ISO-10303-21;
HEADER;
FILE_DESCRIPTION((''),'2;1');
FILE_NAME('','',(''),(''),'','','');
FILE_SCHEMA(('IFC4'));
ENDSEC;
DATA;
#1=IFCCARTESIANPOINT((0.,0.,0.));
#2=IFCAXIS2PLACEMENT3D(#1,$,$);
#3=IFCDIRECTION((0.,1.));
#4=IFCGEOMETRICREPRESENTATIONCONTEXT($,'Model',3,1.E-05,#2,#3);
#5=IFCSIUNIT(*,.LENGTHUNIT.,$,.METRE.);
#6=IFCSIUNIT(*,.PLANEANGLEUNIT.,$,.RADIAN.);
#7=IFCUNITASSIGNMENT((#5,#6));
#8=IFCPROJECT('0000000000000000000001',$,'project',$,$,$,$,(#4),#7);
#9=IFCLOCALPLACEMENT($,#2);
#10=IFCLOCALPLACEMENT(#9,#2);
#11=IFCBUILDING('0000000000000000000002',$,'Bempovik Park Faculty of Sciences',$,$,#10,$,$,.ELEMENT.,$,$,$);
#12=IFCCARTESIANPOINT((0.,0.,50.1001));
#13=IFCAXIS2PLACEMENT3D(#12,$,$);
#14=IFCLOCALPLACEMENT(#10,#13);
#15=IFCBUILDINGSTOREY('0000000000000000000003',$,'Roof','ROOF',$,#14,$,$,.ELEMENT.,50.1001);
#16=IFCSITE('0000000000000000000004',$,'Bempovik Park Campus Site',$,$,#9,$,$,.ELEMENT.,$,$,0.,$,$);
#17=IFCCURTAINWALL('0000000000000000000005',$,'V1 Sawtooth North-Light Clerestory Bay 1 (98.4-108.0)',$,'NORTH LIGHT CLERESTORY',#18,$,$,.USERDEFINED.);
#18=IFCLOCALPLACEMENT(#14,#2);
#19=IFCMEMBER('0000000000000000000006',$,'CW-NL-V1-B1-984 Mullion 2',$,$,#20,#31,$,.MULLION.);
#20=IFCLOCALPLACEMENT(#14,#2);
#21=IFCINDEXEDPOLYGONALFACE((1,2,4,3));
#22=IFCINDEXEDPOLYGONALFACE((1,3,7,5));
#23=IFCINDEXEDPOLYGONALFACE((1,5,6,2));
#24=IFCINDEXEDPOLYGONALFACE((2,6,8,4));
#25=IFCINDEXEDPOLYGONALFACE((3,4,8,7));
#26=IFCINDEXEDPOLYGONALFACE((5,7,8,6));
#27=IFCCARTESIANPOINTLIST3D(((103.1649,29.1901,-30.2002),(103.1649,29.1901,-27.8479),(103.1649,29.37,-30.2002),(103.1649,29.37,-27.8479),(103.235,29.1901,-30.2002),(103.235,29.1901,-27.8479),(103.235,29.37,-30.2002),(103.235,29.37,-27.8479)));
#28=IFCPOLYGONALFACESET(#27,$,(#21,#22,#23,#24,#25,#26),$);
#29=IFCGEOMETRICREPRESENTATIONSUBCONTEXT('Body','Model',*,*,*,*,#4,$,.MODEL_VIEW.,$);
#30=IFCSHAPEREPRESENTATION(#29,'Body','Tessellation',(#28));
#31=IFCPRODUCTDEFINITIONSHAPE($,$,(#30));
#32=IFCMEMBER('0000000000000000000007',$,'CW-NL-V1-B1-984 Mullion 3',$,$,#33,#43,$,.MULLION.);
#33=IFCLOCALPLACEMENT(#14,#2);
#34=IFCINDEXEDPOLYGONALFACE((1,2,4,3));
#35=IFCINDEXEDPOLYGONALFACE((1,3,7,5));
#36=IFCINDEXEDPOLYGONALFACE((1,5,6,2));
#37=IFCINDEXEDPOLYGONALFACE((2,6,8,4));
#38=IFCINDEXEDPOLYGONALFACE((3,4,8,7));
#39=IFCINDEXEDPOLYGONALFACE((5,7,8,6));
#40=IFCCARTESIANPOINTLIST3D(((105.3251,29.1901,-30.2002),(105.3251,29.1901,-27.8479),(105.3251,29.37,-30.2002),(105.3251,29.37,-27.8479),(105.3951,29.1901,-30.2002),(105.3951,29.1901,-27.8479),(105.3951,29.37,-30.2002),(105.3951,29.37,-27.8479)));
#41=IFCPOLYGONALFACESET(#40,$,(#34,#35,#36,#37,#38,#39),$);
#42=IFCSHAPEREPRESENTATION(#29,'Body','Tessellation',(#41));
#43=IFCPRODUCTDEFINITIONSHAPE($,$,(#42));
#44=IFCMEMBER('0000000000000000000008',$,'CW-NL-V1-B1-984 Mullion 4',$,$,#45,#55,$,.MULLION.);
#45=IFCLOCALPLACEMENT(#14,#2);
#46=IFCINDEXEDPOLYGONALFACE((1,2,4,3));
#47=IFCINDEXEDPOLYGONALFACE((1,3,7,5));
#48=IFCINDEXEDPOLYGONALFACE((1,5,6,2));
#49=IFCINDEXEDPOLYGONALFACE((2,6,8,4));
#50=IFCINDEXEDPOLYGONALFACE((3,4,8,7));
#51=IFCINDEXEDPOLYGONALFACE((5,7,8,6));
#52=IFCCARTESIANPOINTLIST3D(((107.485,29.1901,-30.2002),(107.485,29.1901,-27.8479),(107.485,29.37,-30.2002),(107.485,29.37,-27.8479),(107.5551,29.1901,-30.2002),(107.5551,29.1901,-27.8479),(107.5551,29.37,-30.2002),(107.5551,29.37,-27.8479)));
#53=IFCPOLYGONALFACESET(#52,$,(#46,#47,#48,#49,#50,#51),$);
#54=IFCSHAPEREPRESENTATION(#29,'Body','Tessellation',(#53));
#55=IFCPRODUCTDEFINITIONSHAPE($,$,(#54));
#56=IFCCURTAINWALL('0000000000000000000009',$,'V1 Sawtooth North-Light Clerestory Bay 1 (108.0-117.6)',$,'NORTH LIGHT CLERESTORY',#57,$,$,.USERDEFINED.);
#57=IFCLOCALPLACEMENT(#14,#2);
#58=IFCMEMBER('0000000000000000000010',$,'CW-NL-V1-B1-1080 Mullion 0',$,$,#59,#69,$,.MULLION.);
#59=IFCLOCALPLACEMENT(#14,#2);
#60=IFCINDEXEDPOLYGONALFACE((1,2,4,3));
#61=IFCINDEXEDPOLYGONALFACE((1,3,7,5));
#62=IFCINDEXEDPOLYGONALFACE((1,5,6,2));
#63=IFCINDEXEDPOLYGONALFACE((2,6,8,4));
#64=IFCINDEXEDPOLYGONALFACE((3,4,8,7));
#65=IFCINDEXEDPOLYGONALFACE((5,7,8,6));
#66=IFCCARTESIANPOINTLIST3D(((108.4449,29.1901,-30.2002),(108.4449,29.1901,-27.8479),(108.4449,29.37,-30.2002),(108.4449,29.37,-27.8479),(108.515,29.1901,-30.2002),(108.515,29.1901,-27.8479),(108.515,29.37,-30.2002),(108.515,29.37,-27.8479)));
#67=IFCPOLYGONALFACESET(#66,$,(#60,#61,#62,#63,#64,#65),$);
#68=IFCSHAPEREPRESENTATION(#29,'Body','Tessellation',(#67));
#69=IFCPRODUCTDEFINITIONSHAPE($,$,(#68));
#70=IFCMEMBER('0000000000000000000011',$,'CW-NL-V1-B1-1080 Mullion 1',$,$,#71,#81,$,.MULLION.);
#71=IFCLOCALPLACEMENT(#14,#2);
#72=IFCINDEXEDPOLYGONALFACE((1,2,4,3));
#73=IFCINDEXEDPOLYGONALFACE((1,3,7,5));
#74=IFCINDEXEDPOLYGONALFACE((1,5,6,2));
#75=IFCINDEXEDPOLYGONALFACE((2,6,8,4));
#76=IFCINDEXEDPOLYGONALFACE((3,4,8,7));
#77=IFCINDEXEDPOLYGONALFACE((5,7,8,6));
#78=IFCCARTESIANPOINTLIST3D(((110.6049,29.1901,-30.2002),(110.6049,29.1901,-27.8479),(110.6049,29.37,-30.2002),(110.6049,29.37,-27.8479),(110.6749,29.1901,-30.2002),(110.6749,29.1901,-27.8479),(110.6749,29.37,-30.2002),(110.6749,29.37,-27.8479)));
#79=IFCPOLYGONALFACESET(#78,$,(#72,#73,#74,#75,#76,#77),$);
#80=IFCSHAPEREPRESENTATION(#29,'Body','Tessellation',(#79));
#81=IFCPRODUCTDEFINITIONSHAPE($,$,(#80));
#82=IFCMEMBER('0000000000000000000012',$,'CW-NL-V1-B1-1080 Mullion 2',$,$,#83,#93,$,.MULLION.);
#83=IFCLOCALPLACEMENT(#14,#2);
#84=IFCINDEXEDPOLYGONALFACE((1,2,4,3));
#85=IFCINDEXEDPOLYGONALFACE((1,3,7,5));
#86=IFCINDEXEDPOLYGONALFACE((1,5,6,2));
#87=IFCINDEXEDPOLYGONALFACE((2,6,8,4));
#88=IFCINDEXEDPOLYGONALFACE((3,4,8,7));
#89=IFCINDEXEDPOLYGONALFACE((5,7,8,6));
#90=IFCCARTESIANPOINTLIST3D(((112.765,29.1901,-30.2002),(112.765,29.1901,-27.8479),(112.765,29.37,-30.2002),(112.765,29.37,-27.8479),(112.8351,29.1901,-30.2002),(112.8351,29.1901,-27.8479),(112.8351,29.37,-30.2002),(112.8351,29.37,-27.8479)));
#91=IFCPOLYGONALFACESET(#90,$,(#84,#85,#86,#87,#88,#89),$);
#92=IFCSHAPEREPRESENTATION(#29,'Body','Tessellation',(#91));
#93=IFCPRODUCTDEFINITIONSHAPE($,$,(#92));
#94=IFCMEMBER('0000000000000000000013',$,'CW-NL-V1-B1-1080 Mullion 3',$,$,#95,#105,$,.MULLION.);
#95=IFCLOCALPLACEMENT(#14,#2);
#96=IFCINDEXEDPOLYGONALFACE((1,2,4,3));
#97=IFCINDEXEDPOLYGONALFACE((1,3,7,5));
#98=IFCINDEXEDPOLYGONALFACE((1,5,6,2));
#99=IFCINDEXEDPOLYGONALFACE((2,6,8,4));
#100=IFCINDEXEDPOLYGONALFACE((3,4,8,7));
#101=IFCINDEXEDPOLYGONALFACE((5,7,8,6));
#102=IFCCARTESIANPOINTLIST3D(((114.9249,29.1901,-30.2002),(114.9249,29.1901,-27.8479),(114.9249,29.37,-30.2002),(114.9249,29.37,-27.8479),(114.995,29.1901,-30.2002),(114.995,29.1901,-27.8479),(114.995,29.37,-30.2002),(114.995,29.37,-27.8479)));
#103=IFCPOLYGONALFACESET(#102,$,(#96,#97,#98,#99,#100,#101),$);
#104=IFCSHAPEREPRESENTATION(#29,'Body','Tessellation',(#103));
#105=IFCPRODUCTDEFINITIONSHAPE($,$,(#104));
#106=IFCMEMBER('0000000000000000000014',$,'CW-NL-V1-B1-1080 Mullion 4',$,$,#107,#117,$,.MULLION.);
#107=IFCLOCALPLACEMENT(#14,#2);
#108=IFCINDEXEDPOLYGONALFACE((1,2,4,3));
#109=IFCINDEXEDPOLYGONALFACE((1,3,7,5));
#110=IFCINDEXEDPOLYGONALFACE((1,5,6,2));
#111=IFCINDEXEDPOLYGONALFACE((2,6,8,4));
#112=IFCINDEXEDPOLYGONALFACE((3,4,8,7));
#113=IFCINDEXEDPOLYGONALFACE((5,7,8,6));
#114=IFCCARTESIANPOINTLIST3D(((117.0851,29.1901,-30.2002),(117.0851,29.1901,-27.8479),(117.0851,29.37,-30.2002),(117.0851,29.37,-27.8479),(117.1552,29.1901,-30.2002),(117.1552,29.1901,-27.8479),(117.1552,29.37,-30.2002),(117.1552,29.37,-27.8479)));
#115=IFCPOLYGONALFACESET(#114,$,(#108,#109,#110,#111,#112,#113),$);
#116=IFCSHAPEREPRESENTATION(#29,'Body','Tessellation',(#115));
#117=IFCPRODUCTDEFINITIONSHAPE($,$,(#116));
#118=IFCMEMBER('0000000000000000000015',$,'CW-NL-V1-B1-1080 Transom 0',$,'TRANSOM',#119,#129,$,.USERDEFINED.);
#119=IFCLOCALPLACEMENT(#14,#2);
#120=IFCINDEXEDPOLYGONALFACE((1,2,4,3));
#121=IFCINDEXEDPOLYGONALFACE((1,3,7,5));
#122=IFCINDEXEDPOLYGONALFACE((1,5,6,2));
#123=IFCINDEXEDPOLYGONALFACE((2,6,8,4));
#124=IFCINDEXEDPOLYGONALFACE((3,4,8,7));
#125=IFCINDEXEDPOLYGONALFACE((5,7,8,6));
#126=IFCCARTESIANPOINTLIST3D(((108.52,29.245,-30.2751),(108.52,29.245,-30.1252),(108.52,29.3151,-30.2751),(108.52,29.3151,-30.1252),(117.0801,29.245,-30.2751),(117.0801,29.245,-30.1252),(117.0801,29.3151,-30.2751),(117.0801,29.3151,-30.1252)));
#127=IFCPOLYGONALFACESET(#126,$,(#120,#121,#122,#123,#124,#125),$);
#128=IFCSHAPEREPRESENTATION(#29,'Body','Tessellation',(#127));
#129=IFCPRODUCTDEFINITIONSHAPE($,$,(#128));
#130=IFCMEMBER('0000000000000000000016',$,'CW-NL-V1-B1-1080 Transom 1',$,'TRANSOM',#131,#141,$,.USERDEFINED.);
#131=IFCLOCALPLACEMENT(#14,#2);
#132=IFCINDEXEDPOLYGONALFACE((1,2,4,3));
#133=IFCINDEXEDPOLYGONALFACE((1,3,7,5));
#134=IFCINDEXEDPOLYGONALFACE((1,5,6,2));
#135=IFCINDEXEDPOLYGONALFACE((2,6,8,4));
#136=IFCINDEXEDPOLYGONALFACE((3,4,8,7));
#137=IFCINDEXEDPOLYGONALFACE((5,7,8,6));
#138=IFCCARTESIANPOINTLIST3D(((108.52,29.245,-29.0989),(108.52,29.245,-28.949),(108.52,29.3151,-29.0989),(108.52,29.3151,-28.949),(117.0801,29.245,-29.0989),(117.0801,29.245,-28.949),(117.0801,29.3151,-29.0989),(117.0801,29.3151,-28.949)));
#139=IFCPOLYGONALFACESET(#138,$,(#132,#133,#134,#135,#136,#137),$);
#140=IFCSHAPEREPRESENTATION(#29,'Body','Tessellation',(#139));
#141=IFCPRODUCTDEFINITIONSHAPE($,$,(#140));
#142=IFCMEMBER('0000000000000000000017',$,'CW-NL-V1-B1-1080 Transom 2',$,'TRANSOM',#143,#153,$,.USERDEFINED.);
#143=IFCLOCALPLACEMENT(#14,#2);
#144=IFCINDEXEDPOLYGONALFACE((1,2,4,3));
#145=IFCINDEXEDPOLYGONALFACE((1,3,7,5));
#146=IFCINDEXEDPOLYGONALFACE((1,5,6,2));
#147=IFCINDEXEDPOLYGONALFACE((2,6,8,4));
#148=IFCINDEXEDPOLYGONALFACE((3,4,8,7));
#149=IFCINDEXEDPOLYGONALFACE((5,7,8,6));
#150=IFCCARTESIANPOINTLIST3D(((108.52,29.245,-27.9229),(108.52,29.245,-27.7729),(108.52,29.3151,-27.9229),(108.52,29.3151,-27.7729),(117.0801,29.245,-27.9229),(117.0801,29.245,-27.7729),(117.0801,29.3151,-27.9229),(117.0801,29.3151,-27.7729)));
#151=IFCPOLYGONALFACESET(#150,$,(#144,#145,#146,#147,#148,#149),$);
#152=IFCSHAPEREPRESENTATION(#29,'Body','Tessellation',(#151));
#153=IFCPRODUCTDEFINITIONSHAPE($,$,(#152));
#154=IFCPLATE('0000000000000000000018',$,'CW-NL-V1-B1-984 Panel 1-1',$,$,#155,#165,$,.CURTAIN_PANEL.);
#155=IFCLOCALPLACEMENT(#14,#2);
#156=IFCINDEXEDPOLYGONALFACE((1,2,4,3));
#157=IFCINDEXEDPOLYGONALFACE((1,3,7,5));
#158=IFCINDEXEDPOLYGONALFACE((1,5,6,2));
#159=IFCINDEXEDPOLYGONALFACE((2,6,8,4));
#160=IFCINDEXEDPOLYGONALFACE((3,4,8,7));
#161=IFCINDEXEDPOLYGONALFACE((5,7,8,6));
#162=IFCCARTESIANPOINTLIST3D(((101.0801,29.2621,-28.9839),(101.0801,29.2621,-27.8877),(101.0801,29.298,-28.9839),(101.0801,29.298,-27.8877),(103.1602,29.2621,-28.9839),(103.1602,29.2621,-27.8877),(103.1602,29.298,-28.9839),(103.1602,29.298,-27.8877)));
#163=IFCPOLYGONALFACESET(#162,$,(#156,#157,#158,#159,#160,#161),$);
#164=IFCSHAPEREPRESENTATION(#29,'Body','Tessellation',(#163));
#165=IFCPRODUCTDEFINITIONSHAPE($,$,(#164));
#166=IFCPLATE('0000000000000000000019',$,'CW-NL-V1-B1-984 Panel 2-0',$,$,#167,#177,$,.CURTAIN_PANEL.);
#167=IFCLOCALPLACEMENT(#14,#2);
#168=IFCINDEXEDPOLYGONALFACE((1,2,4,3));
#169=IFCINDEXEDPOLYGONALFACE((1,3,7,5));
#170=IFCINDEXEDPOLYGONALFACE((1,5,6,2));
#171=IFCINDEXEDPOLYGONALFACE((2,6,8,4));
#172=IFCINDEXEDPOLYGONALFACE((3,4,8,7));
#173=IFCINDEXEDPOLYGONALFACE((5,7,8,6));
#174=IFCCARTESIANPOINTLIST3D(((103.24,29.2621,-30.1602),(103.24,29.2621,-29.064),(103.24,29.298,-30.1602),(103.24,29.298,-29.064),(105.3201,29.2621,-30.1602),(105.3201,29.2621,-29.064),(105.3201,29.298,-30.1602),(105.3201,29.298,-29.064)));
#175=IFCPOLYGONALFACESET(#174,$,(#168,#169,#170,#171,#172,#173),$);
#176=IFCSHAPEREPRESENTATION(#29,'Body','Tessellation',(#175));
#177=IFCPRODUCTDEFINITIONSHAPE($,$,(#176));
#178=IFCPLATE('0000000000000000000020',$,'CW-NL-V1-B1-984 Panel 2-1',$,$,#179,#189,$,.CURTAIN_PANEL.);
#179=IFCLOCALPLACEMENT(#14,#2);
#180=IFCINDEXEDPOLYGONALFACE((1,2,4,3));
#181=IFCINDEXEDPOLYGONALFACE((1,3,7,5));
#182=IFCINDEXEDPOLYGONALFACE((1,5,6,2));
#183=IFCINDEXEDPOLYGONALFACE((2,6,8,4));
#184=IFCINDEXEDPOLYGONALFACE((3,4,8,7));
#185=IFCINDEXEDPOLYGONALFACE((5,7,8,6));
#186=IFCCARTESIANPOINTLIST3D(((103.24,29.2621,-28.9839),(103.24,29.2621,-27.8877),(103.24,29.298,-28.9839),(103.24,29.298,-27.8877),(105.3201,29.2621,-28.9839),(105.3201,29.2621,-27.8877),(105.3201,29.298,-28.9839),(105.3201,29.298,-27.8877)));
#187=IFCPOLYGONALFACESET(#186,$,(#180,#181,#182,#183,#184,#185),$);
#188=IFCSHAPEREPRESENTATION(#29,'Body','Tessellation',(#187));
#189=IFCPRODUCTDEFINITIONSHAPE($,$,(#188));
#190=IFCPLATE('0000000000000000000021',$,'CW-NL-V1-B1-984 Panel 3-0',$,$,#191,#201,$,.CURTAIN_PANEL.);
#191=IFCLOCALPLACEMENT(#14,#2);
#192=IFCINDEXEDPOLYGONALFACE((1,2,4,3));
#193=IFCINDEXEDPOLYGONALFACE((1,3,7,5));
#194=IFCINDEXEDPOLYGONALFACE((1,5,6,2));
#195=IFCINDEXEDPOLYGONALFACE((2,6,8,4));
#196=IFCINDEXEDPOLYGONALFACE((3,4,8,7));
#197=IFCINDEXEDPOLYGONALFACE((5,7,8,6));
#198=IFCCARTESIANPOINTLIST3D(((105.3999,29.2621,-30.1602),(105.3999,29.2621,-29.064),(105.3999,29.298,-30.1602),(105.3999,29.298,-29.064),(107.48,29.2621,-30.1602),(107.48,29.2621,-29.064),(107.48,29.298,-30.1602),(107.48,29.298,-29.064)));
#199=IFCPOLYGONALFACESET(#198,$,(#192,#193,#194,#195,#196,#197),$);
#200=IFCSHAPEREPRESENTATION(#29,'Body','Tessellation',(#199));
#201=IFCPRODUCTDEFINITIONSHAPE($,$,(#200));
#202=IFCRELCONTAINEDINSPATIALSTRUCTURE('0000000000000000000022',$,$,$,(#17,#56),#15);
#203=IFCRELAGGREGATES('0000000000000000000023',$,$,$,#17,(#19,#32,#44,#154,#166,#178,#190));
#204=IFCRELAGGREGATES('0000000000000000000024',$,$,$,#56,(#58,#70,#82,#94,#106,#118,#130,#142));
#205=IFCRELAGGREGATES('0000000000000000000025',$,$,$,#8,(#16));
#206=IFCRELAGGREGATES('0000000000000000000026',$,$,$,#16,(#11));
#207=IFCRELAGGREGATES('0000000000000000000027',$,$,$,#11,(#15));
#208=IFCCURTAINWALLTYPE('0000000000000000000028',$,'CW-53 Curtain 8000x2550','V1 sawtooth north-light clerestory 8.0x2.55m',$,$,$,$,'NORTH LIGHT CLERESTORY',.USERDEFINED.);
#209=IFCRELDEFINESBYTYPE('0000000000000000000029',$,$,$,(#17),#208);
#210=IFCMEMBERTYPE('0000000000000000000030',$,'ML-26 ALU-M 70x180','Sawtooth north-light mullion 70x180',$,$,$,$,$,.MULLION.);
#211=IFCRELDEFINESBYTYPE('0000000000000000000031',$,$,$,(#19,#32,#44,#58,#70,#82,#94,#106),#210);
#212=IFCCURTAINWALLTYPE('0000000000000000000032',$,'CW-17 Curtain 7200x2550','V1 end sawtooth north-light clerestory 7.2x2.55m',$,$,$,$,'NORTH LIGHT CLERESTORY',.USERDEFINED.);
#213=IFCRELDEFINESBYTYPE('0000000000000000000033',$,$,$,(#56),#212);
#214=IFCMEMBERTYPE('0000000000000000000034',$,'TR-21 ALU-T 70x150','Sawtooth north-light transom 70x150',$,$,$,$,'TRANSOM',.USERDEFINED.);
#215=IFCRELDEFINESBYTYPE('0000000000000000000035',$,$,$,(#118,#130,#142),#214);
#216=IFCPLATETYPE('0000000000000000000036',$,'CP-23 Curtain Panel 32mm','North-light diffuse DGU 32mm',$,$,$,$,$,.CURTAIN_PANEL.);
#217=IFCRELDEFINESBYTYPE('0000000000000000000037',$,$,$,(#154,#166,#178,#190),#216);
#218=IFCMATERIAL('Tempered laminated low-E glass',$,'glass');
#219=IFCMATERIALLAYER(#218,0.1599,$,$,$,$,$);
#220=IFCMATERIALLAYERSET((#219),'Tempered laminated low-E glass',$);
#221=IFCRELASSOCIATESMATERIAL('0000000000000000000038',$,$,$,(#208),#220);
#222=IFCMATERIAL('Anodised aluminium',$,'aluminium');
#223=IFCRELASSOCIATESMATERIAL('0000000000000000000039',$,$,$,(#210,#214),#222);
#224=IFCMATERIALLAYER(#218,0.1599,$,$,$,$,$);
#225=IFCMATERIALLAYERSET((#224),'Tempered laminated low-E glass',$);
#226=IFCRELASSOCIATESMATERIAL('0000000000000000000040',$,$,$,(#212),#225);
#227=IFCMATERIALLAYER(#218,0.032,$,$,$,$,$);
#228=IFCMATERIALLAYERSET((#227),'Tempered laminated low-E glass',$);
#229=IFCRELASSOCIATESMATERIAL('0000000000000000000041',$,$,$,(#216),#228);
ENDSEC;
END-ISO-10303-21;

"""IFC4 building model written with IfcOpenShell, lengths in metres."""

from ifc_helpers import new_model, si_unit, direction, frame, origin, origin_2d, place, context, subcontext, project, spatial, rectangle, extrude, material, layer, layer_set, material_profile, profile_set, type_object, element, aggregate, save


model = new_model("IFC4")

# Units and contexts
model_context = context("Model", 3, precision=1e-05, world=origin(), true_north=direction((0.0, 1.0)))
body_context = subcontext(model_context, "Body", "Model", "MODEL_VIEW")
ifc_project = project(units=[si_unit("LENGTHUNIT", "METRE"), si_unit("PLANEANGLEUNIT", "RADIAN")], contexts=[model_context])

# Site, building, storey
site_placement = place(None, origin())
site = spatial("IfcSite", under=ifc_project, at=site_placement, Name="Bempovik Park Campus Site", CompositionType="ELEMENT", RefElevation=0.0)
building_placement = place(site_placement, origin())
building = spatial("IfcBuilding", under=site, at=building_placement, Name="Bempovik Park Faculty of Sciences", CompositionType="ELEMENT")
storey_placement = place(building_placement, frame((0.0, 0.0, 50.1001)))
storey = spatial("IfcBuildingStorey", under=building, at=storey_placement, Name="Roof", Description="ROOF", CompositionType="ELEMENT", Elevation=50.1001)

# Curtain walls, members
ifc_material_1 = material(Name="Tempered laminated low-E glass", Category="glass")
ifc_layer_1 = layer(ifc_material_1, 0.1599)
ifc_layer_set_1 = layer_set([ifc_layer_1], Name="Tempered laminated low-E glass")
curtain_wall_type_1 = type_object("IfcCurtainWallType", Name="CW-53 Curtain 8000x2550", Description="V1 sawtooth north-light clerestory 8.0x2.55m", ElementType="NORTH LIGHT CLERESTORY", PredefinedType="USERDEFINED", material=ifc_layer_set_1)
curtain_wall_1_placement = place(storey_placement, origin())
curtain_wall_1 = element("IfcCurtainWall", 1, at=curtain_wall_1_placement, inside=storey, type_object=curtain_wall_type_1, Name="V1 Sawtooth North-Light Clerestory Bay 1 (98.4-108.0)", ObjectType="NORTH LIGHT CLERESTORY", PredefinedType="USERDEFINED")
ifc_material_2 = material(Name="Anodised aluminium", Category="aluminium")
ifc_material_profile_1 = material_profile(ifc_material_2, rectangle(XDim=0.0701, YDim=0.1799, at=origin_2d()), Name="ALU-M 70x180")
ifc_profile_set_1 = profile_set([ifc_material_profile_1], Name="Anodised aluminium")
member_type_1 = type_object("IfcMemberType", Name="ML-26 ALU-M 70x180", Description="Sawtooth north-light mullion 70x180", PredefinedType="MULLION", material=ifc_profile_set_1)
member_1_placement = place(storey_placement, frame((103.2, 29.28, -30.2002), z_axis=(0.0, 0.0, 1.0), x_axis=(1.0, 0.0, 0.0)))
member_1 = element("IfcMember", 2, at=member_1_placement, type_object=member_type_1, Name="CW-NL-V1-B1-984 Mullion 2", PredefinedType="MULLION", context=body_context, shape_type="SweptSolid", body=[
    extrude(rectangle(XDim=0.0701, YDim=0.1799, at=origin_2d()), origin(), (0.0, 0.0, 1.0), 2.3523),
])
member_2_placement = place(storey_placement, frame((105.3601, 29.28, -30.2002), z_axis=(0.0, 0.0, 1.0), x_axis=(1.0, 0.0, 0.0)))
member_2 = element("IfcMember", 3, at=member_2_placement, type_object=member_type_1, Name="CW-NL-V1-B1-984 Mullion 3", PredefinedType="MULLION", context=body_context, shape_type="SweptSolid", body=[
    extrude(rectangle(XDim=0.0701, YDim=0.1799, at=origin_2d()), origin(), (0.0, 0.0, 1.0), 2.3523),
])
member_3_placement = place(storey_placement, frame((107.52, 29.28, -30.2002), z_axis=(0.0, 0.0, 1.0), x_axis=(1.0, 0.0, 0.0)))
member_3 = element("IfcMember", 4, at=member_3_placement, type_object=member_type_1, Name="CW-NL-V1-B1-984 Mullion 4", PredefinedType="MULLION", context=body_context, shape_type="SweptSolid", body=[
    extrude(rectangle(XDim=0.0701, YDim=0.1799, at=origin_2d()), origin(), (0.0, 0.0, 1.0), 2.3523),
])
ifc_layer_2 = layer(ifc_material_1, 0.1599)
ifc_layer_set_2 = layer_set([ifc_layer_2], Name="Tempered laminated low-E glass")
curtain_wall_type_2 = type_object("IfcCurtainWallType", Name="CW-17 Curtain 7200x2550", Description="V1 end sawtooth north-light clerestory 7.2x2.55m", ElementType="NORTH LIGHT CLERESTORY", PredefinedType="USERDEFINED", material=ifc_layer_set_2)
curtain_wall_2_placement = place(storey_placement, origin())
curtain_wall_2 = element("IfcCurtainWall", 5, at=curtain_wall_2_placement, inside=storey, type_object=curtain_wall_type_2, Name="V1 Sawtooth North-Light Clerestory Bay 1 (108.0-117.6)", ObjectType="NORTH LIGHT CLERESTORY", PredefinedType="USERDEFINED")
member_4_placement = place(storey_placement, frame((108.48, 29.28, -30.2002), z_axis=(0.0, 0.0, 1.0), x_axis=(1.0, 0.0, 0.0)))
member_4 = element("IfcMember", 6, at=member_4_placement, type_object=member_type_1, Name="CW-NL-V1-B1-1080 Mullion 0", PredefinedType="MULLION", context=body_context, shape_type="SweptSolid", body=[
    extrude(rectangle(XDim=0.0701, YDim=0.1799, at=origin_2d()), origin(), (0.0, 0.0, 1.0), 2.3523),
])
member_5_placement = place(storey_placement, frame((110.6399, 29.28, -30.2002), z_axis=(0.0, 0.0, 1.0), x_axis=(1.0, 0.0, 0.0)))
member_5 = element("IfcMember", 7, at=member_5_placement, type_object=member_type_1, Name="CW-NL-V1-B1-1080 Mullion 1", PredefinedType="MULLION", context=body_context, shape_type="SweptSolid", body=[
    extrude(rectangle(XDim=0.0701, YDim=0.1799, at=origin_2d()), origin(), (0.0, 0.0, 1.0), 2.3523),
])
member_6_placement = place(storey_placement, frame((112.8, 29.28, -30.2002), z_axis=(0.0, 0.0, 1.0), x_axis=(1.0, 0.0, 0.0)))
member_6 = element("IfcMember", 8, at=member_6_placement, type_object=member_type_1, Name="CW-NL-V1-B1-1080 Mullion 2", PredefinedType="MULLION", context=body_context, shape_type="SweptSolid", body=[
    extrude(rectangle(XDim=0.0701, YDim=0.1799, at=origin_2d()), origin(), (0.0, 0.0, 1.0), 2.3523),
])
member_7_placement = place(storey_placement, frame((114.96, 29.28, -30.2002), z_axis=(0.0, 0.0, 1.0), x_axis=(1.0, 0.0, 0.0)))
member_7 = element("IfcMember", 9, at=member_7_placement, type_object=member_type_1, Name="CW-NL-V1-B1-1080 Mullion 3", PredefinedType="MULLION", context=body_context, shape_type="SweptSolid", body=[
    extrude(rectangle(XDim=0.0701, YDim=0.1799, at=origin_2d()), origin(), (0.0, 0.0, 1.0), 2.3523),
])
member_8_placement = place(storey_placement, frame((117.1201, 29.28, -30.2002), z_axis=(0.0, 0.0, 1.0), x_axis=(1.0, 0.0, 0.0)))
member_8 = element("IfcMember", 10, at=member_8_placement, type_object=member_type_1, Name="CW-NL-V1-B1-1080 Mullion 4", PredefinedType="MULLION", context=body_context, shape_type="SweptSolid", body=[
    extrude(rectangle(XDim=0.0701, YDim=0.1799, at=origin_2d()), origin(), (0.0, 0.0, 1.0), 2.3523),
])
ifc_material_profile_2 = material_profile(ifc_material_2, rectangle(XDim=0.0701, YDim=0.1499, at=origin_2d()), Name="ALU-T 70x150")
ifc_profile_set_2 = profile_set([ifc_material_profile_2], Name="Anodised aluminium")
member_type_2 = type_object("IfcMemberType", Name="TR-21 ALU-T 70x150", Description="Sawtooth north-light transom 70x150", ElementType="TRANSOM", PredefinedType="USERDEFINED", material=ifc_profile_set_2)
member_9_placement = place(storey_placement, frame((108.52, 29.28, -30.2002), z_axis=(1.0, 0.0, 0.0), x_axis=(0.0, 1.0, 0.0)))
member_9 = element("IfcMember", 11, at=member_9_placement, type_object=member_type_2, Name="CW-NL-V1-B1-1080 Transom 0", ObjectType="TRANSOM", PredefinedType="USERDEFINED", context=body_context, shape_type="SweptSolid", body=[
    extrude(rectangle(XDim=0.0701, YDim=0.1499, at=origin_2d()), origin(), (0.0, 0.0, 1.0), 8.5601),
])
member_10_placement = place(storey_placement, frame((108.52, 29.28, -29.0239), z_axis=(1.0, 0.0, 0.0), x_axis=(0.0, 1.0, 0.0)))
member_10 = element("IfcMember", 12, at=member_10_placement, type_object=member_type_2, Name="CW-NL-V1-B1-1080 Transom 1", ObjectType="TRANSOM", PredefinedType="USERDEFINED", context=body_context, shape_type="SweptSolid", body=[
    extrude(rectangle(XDim=0.0701, YDim=0.1499, at=origin_2d()), origin(), (0.0, 0.0, 1.0), 8.5601),
])
member_11_placement = place(storey_placement, frame((108.52, 29.28, -27.8479), z_axis=(1.0, 0.0, 0.0), x_axis=(0.0, 1.0, 0.0)))
member_11 = element("IfcMember", 13, at=member_11_placement, type_object=member_type_2, Name="CW-NL-V1-B1-1080 Transom 2", ObjectType="TRANSOM", PredefinedType="USERDEFINED", context=body_context, shape_type="SweptSolid", body=[
    extrude(rectangle(XDim=0.0701, YDim=0.1499, at=origin_2d()), origin(), (0.0, 0.0, 1.0), 8.5601),
])

# Plates
ifc_layer_3 = layer(ifc_material_1, 0.032)
ifc_layer_set_3 = layer_set([ifc_layer_3], Name="Tempered laminated low-E glass")
plate_type = type_object("IfcPlateType", Name="CP-23 Curtain Panel 32mm", Description="North-light diffuse DGU 32mm", PredefinedType="CURTAIN_PANEL", material=ifc_layer_set_3)
plate_1_placement = place(storey_placement, frame((102.1201, 29.28, -28.9839), z_axis=(0.0, 0.0, 1.0), x_axis=(1.0, 0.0, 0.0)))
plate_1 = element("IfcPlate", 14, at=plate_1_placement, type_object=plate_type, Name="CW-NL-V1-B1-984 Panel 1-1", PredefinedType="CURTAIN_PANEL", context=body_context, shape_type="SweptSolid", body=[
    extrude(rectangle(XDim=2.0801, YDim=0.0359, at=origin_2d()), origin(), (0.0, 0.0, 1.0), 1.0962),
])
plate_2_placement = place(storey_placement, frame((104.28, 29.28, -30.1602), z_axis=(0.0, 0.0, 1.0), x_axis=(1.0, 0.0, 0.0)))
plate_2 = element("IfcPlate", 15, at=plate_2_placement, type_object=plate_type, Name="CW-NL-V1-B1-984 Panel 2-0", PredefinedType="CURTAIN_PANEL", context=body_context, shape_type="SweptSolid", body=[
    extrude(rectangle(XDim=2.0801, YDim=0.0359, at=origin_2d()), origin(), (0.0, 0.0, 1.0), 1.0962),
])
plate_3_placement = place(storey_placement, frame((104.28, 29.28, -28.9839), z_axis=(0.0, 0.0, 1.0), x_axis=(1.0, 0.0, 0.0)))
plate_3 = element("IfcPlate", 16, at=plate_3_placement, type_object=plate_type, Name="CW-NL-V1-B1-984 Panel 2-1", PredefinedType="CURTAIN_PANEL", context=body_context, shape_type="SweptSolid", body=[
    extrude(rectangle(XDim=2.0801, YDim=0.0359, at=origin_2d()), origin(), (0.0, 0.0, 1.0), 1.0962),
])
plate_4_placement = place(storey_placement, frame((106.4399, 29.28, -30.1602), z_axis=(0.0, 0.0, 1.0), x_axis=(1.0, 0.0, 0.0)))
plate_4 = element("IfcPlate", 17, at=plate_4_placement, type_object=plate_type, Name="CW-NL-V1-B1-984 Panel 3-0", PredefinedType="CURTAIN_PANEL", context=body_context, shape_type="SweptSolid", body=[
    extrude(rectangle(XDim=2.0801, YDim=0.0359, at=origin_2d()), origin(), (0.0, 0.0, 1.0), 1.0962),
])
aggregate(curtain_wall_1, [member_1, member_2, member_3, plate_1, plate_2, plate_3, plate_4])
aggregate(curtain_wall_2, [member_4, member_5, member_6, member_7, member_8, member_9, member_10, member_11])

save(model, "model.ifc")
